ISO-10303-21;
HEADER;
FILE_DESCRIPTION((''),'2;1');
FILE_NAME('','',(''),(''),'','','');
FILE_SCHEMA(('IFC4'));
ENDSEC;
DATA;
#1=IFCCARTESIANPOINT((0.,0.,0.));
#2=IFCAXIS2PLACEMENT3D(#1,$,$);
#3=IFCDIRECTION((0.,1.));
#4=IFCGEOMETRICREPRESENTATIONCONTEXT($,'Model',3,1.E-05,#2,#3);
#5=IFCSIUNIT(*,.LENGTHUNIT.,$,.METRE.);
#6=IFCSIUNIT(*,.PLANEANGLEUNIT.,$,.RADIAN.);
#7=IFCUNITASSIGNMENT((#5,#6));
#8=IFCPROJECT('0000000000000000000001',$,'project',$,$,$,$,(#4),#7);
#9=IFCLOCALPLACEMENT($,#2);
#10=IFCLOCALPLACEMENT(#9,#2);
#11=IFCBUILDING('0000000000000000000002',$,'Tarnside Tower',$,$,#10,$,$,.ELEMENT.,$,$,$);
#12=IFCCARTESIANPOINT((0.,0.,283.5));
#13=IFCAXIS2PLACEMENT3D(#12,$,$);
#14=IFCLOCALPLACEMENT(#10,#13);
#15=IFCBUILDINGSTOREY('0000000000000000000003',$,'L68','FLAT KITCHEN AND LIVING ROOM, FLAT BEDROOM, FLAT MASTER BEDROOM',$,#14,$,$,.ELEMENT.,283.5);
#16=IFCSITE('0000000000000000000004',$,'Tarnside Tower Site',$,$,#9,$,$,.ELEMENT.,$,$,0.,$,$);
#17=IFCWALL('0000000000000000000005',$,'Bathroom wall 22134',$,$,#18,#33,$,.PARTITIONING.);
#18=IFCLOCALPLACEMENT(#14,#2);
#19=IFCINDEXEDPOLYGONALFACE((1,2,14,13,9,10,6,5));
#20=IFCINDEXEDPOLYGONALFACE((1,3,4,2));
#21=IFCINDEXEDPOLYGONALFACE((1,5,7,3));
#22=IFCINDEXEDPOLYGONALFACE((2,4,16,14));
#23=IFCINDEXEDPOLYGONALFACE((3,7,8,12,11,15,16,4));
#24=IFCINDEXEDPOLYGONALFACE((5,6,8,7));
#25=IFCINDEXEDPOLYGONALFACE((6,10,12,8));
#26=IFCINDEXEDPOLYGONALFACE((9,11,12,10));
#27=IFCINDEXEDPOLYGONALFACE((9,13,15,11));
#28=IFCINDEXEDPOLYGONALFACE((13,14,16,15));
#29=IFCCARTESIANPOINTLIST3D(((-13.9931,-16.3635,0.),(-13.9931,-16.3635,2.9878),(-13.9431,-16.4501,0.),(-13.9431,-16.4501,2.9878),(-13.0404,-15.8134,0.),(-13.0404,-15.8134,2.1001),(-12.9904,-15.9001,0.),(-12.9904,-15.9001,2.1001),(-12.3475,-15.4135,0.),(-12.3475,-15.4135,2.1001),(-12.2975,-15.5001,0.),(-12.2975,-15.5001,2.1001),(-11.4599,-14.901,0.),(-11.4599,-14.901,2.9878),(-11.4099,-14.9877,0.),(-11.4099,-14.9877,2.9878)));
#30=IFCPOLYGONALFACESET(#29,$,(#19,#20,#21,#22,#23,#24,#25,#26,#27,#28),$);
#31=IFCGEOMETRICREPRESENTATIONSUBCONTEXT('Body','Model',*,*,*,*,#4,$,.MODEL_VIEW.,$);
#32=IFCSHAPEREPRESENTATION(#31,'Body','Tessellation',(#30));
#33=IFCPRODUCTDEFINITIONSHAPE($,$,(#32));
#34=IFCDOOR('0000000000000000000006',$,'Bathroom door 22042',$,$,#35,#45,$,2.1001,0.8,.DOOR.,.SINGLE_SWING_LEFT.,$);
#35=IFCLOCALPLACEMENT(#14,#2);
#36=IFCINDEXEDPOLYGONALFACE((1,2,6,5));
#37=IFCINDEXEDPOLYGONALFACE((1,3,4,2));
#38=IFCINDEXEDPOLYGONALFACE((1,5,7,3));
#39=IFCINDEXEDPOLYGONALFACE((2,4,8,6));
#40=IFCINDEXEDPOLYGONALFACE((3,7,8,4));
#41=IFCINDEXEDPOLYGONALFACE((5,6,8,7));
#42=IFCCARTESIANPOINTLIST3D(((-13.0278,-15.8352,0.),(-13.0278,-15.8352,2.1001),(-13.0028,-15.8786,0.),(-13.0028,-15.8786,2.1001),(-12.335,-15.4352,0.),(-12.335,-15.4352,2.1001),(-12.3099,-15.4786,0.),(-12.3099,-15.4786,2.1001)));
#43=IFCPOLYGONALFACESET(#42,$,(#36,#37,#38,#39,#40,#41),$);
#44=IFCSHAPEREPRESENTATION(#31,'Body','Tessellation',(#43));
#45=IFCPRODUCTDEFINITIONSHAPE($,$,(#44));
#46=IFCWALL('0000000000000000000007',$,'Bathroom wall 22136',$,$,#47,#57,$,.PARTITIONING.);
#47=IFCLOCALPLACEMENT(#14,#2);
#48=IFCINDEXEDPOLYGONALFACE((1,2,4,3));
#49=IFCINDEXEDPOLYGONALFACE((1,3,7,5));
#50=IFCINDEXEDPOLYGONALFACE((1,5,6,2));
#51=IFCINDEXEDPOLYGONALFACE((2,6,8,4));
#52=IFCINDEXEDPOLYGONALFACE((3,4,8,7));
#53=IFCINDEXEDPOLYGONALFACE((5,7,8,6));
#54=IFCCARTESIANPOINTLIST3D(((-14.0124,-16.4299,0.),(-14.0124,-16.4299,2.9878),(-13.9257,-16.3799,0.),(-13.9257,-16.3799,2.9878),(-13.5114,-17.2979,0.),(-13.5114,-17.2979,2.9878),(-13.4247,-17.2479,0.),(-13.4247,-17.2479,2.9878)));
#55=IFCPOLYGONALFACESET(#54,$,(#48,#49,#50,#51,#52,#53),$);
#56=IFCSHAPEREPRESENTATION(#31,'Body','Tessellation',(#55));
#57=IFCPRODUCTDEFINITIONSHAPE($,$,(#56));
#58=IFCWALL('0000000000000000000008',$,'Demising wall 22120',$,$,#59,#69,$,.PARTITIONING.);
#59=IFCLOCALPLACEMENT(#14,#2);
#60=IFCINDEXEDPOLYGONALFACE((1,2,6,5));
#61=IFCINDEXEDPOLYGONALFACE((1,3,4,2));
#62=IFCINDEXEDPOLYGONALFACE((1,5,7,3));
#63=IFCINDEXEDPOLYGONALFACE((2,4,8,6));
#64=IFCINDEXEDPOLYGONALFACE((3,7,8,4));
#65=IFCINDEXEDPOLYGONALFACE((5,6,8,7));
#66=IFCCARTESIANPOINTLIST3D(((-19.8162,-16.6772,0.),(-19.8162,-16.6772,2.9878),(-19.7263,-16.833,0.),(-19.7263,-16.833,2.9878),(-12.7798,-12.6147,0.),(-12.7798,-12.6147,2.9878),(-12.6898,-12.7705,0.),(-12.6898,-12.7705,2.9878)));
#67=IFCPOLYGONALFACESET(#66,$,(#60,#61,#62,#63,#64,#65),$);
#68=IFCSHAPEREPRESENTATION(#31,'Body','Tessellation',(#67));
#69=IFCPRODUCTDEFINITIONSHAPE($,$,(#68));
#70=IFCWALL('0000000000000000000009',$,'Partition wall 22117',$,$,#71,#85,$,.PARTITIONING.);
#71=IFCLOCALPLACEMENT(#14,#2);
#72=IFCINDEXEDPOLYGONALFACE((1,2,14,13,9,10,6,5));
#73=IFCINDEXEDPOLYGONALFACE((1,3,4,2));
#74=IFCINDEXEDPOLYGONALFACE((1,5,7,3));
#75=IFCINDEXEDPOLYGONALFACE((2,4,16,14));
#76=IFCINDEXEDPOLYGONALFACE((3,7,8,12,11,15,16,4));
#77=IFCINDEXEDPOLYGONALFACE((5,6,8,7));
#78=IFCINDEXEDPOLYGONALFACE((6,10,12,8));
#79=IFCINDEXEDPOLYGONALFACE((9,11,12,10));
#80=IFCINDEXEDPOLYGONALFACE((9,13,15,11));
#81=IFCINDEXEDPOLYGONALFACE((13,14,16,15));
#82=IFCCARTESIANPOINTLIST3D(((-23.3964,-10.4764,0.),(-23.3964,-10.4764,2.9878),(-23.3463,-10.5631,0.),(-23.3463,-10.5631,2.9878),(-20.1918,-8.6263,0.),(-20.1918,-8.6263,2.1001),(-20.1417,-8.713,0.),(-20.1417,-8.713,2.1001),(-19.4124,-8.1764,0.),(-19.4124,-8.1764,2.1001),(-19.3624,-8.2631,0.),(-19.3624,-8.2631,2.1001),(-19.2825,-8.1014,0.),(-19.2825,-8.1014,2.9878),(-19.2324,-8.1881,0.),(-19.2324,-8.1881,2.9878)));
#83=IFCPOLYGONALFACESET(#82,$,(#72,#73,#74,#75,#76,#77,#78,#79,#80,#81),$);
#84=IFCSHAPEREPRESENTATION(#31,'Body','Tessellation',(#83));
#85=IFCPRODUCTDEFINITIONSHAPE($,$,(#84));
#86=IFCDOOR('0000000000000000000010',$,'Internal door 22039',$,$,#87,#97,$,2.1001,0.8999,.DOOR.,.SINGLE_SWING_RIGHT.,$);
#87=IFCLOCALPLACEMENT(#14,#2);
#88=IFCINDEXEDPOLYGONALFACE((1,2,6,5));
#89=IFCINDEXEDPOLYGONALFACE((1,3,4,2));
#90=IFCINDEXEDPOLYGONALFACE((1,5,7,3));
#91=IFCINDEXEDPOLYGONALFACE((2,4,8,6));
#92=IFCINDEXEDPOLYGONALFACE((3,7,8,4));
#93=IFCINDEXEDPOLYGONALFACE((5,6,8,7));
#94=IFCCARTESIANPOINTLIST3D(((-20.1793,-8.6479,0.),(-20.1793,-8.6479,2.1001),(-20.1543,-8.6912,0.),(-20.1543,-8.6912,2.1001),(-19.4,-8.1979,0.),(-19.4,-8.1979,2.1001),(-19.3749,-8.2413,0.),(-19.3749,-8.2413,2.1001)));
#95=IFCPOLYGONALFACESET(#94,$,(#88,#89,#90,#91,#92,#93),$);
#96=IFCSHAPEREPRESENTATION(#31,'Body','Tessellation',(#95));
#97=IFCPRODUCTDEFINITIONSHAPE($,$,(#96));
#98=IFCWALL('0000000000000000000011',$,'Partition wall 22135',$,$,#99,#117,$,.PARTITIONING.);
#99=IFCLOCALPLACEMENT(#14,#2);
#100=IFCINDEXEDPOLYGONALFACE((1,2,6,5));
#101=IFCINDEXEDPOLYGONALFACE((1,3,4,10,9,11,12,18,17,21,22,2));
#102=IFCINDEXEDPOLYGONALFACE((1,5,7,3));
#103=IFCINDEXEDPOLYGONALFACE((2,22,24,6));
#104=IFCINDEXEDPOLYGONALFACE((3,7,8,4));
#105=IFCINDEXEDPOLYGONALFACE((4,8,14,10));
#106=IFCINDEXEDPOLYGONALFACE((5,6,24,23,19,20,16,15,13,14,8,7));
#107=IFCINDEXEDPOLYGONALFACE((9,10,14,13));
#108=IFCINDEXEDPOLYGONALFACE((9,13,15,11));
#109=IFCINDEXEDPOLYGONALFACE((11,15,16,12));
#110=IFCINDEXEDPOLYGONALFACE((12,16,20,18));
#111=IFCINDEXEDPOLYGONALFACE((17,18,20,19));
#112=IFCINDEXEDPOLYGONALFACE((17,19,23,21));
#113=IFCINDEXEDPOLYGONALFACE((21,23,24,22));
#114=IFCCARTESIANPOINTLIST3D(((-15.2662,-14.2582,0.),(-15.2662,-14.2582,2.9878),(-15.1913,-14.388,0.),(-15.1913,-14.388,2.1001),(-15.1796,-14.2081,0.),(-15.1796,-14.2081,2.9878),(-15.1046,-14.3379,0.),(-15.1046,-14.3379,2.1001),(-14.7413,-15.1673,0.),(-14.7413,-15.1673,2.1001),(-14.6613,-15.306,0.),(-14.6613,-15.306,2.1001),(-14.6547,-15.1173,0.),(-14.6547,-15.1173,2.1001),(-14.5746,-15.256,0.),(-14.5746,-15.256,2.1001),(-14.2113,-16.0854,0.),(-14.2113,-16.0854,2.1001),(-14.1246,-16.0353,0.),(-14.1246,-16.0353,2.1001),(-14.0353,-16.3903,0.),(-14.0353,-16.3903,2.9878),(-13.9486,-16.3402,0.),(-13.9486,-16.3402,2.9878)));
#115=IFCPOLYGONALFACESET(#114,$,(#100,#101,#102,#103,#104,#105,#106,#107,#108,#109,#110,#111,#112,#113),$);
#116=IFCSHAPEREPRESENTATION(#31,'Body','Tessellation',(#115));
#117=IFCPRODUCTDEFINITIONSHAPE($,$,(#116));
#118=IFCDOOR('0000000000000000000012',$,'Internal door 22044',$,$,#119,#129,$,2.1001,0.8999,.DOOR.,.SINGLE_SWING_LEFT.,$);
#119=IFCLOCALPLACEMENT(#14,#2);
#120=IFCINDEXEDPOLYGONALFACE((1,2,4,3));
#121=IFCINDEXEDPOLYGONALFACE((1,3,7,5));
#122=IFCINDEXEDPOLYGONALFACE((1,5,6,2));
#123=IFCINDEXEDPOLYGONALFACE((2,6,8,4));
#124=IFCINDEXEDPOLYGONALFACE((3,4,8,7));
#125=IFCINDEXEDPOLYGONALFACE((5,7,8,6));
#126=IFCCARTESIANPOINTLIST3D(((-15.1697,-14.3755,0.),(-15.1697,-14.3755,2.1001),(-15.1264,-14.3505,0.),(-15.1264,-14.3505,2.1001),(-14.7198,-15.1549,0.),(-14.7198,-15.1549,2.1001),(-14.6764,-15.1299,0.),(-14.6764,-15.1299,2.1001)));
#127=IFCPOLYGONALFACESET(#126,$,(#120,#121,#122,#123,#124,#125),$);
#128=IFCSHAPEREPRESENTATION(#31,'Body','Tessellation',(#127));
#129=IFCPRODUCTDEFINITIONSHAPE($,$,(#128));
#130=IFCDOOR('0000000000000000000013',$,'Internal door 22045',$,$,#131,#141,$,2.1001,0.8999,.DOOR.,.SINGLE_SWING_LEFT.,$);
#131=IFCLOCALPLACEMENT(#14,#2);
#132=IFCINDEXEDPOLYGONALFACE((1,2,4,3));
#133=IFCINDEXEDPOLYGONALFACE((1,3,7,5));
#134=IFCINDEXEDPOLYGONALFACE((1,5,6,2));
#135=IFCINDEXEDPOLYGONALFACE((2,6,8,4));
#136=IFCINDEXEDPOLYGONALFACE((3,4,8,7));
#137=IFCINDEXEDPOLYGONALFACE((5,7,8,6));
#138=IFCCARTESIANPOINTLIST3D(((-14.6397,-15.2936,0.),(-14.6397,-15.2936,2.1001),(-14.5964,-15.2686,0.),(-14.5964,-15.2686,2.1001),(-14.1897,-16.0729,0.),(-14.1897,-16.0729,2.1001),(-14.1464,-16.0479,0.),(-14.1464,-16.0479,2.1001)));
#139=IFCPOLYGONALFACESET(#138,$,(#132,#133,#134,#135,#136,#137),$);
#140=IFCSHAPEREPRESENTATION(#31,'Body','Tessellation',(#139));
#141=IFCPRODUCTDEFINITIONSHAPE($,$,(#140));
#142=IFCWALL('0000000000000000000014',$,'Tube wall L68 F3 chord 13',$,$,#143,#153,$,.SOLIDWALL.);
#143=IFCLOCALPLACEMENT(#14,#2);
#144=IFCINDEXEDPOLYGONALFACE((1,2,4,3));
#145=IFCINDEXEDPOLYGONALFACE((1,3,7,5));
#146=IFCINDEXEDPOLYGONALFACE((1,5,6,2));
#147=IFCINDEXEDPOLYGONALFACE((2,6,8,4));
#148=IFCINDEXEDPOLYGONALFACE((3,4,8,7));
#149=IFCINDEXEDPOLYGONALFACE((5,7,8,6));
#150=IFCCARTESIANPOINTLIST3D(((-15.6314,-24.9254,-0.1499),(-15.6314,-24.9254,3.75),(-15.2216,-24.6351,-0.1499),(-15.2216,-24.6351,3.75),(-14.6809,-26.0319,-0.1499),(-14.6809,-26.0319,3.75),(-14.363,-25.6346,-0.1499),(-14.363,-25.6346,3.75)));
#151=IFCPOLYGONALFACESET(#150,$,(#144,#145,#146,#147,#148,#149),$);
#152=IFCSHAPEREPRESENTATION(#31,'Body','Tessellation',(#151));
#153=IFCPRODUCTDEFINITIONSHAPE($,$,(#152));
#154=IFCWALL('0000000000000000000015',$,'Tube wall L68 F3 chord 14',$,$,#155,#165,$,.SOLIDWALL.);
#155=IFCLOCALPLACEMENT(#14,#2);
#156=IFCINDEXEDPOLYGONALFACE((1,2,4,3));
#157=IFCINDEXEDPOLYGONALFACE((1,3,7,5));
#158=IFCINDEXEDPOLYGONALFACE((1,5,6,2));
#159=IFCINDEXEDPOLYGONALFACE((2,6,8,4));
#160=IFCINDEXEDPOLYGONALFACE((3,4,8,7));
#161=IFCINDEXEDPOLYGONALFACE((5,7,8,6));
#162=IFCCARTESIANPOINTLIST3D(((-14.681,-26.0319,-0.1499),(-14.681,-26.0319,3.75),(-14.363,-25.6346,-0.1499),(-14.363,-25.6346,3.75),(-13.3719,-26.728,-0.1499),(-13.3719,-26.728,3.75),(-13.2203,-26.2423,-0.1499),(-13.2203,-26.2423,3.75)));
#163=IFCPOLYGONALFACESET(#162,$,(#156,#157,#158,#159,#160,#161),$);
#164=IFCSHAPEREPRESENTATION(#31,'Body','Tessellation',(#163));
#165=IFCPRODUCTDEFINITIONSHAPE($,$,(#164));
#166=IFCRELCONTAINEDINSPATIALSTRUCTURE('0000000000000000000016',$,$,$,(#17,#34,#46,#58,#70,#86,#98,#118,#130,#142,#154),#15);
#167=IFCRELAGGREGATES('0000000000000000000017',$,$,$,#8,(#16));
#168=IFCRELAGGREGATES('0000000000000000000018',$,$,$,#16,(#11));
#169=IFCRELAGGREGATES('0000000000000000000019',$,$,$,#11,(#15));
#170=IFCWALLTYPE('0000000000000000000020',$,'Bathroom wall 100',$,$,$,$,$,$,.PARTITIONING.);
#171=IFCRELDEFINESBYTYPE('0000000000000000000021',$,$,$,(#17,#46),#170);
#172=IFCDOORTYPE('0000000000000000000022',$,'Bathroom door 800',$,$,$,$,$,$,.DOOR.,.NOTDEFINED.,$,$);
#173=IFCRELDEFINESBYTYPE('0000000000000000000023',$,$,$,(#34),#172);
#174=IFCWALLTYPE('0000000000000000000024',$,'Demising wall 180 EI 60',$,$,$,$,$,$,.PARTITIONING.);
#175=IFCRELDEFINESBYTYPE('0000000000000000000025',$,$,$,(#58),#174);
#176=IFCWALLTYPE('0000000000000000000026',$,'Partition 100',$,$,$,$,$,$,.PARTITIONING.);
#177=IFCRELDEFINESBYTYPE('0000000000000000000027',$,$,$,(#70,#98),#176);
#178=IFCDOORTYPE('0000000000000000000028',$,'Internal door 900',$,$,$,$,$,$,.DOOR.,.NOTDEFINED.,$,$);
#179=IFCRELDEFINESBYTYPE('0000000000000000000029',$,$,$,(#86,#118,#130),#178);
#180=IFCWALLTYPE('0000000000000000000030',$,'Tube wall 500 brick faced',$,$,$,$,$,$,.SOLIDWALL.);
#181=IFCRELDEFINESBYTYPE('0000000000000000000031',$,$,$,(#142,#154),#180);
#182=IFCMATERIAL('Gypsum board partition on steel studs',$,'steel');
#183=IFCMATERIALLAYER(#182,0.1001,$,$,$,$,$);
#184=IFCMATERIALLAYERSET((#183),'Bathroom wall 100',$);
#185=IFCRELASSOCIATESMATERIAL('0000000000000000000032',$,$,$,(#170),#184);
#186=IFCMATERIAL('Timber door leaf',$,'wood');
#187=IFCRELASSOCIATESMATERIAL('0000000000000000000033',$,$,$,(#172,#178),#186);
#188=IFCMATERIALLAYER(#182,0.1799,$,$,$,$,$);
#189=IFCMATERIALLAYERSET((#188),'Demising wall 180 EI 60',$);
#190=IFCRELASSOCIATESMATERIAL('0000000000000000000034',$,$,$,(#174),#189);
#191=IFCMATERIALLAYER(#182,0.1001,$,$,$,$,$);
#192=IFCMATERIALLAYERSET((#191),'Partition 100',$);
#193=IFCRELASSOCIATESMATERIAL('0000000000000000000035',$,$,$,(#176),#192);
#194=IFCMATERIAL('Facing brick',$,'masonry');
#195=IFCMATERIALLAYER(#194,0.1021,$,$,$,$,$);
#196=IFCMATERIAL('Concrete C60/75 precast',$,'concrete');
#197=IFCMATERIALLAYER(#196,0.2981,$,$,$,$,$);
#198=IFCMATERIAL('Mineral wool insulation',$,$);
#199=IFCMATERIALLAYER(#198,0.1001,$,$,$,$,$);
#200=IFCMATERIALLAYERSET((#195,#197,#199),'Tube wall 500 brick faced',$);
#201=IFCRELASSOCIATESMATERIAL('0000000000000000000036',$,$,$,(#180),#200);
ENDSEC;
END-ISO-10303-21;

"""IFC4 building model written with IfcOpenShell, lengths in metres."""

from ifc_helpers import new_model, si_unit, direction, frame, frame_2d, origin, place, context, subcontext, project, spatial, polyline, rectangle, outline, extrude, material, layer, layer_set, type_object, element, fill, save


model = new_model("IFC4")

# Units and contexts
model_context = context("Model", 3, precision=1e-05, world=origin(), true_north=direction((0.0, 1.0)))
body_context = subcontext(model_context, "Body", "Model", "MODEL_VIEW")
ifc_project = project(units=[si_unit("LENGTHUNIT", "METRE"), si_unit("PLANEANGLEUNIT", "RADIAN")], contexts=[model_context])

# Site, building, storey
site_placement = place(None, origin())
site = spatial("IfcSite", under=ifc_project, at=site_placement, Name="Tarnside Tower Site", CompositionType="ELEMENT", RefElevation=0.0)
building_placement = place(site_placement, origin())
building = spatial("IfcBuilding", under=site, at=building_placement, Name="Tarnside Tower", CompositionType="ELEMENT")
storey_placement = place(building_placement, frame((0.0, 0.0, 283.5)))
storey = spatial("IfcBuildingStorey", under=building, at=storey_placement, Name="L68", Description="FLAT KITCHEN AND LIVING ROOM, FLAT BEDROOM, FLAT MASTER BEDROOM", CompositionType="ELEMENT", Elevation=283.5)

# Shared definitions
ifc_material_1 = material(Name="Gypsum board partition on steel studs", Category="steel")
ifc_layer_1 = layer(ifc_material_1, 0.1001)
ifc_layer_set_1 = layer_set([ifc_layer_1], Name="Bathroom wall 100")
wall_type_1 = type_object("IfcWallType", Name="Bathroom wall 100", PredefinedType="PARTITIONING", material=ifc_layer_set_1)

# Shared definitions
ifc_material_2 = material(Name="Timber door leaf", Category="wood")
door_type_1 = type_object("IfcDoorType", Name="Bathroom door 800", OperationType="NOTDEFINED", PredefinedType="DOOR", material=ifc_material_2)

# Wall, opening, door
wall_1_placement = place(storey_placement, frame((-13.968, -16.4067, 0.0), z_axis=(0.0, 0.0, 1.0), x_axis=(0.866047, 0.499963, 0.0)))
wall_1 = element("IfcWall", 1, at=wall_1_placement, inside=storey, type_object=wall_type_1, Name="Bathroom wall 22134", PredefinedType="PARTITIONING", context=body_context, shape_type="SweptSolid", body=[
    extrude(rectangle(XDim=2.925, YDim=0.1001, at=frame_2d((1.4624, 0.0))), origin(), (0.0, 0.0, 1.0), 2.9878),
])
opening_1_placement = place(wall_1_placement, frame((1.1001, 0.0, 0.0)))
opening_1 = element("IfcOpeningElement", 2, at=opening_1_placement, cuts=wall_1, PredefinedType="OPENING", context=body_context, shape_type="SweptSolid", body=[
    extrude(rectangle(XDim=0.8, YDim=2.1001, at=frame_2d((0.3999, 1.05))), frame((0.0, 0.0601, 0.0), z_axis=(0.0, -1.0, 0.0), x_axis=(1.0, 0.0, 0.0)), (0.0, 0.0, 1.0), 0.1201),
])
door_1_placement = place(opening_1_placement, origin())
door_1 = element("IfcDoor", 3, at=door_1_placement, inside=storey, type_object=door_type_1, Name="Bathroom door 22042", OperationType="SINGLE_SWING_LEFT", OverallHeight=2.1001, OverallWidth=0.8, PredefinedType="DOOR", context=body_context, shape_type="SweptSolid", body=[
    extrude(rectangle(XDim=0.8, YDim=2.1001, at=frame_2d((0.3999, 1.05))), frame((0.0, 0.0249, 0.0), z_axis=(0.0, -1.0, 0.0), x_axis=(1.0, 0.0, 0.0)), (0.0, 0.0, 1.0), 0.05),
])
fill(opening_1, door_1)

# Walls
wall_2_placement = place(storey_placement, frame((-13.969, -16.405, 0.0), z_axis=(0.0, 0.0, 1.0), x_axis=(0.499912, -0.866076, 0.0)))
element("IfcWall", 4, at=wall_2_placement, inside=storey, type_object=wall_type_1, Name="Bathroom wall 22136", PredefinedType="PARTITIONING", context=body_context, shape_type="SweptSolid", body=[
    extrude(rectangle(XDim=1.0022, YDim=0.1001, at=frame_2d((0.501, 0.0))), origin(), (0.0, 0.0, 1.0), 2.9878),
])
ifc_layer_2 = layer(ifc_material_1, 0.1799)
ifc_layer_set_2 = layer_set([ifc_layer_2], Name="Demising wall 180 EI 60")
wall_type_2 = type_object("IfcWallType", Name="Demising wall 180 EI 60", PredefinedType="PARTITIONING", material=ifc_layer_set_2)
wall_3_placement = place(storey_placement, frame((-19.7712, -16.7551, 0.0), z_axis=(0.0, 0.0, 1.0), x_axis=(0.866023, 0.500004, 0.0)))
element("IfcWall", 5, at=wall_3_placement, inside=storey, type_object=wall_type_2, Name="Demising wall 22120", PredefinedType="PARTITIONING", context=body_context, shape_type="SweptSolid", body=[
    extrude(rectangle(XDim=8.125, YDim=0.1799, at=frame_2d((4.0625, 0.0))), origin(), (0.0, 0.0, 1.0), 2.9878),
])

# Wall, opening, door
ifc_layer_3 = layer(ifc_material_1, 0.1001)
ifc_layer_set_3 = layer_set([ifc_layer_3], Name="Partition 100")
wall_type_3 = type_object("IfcWallType", Name="Partition 100", PredefinedType="PARTITIONING", material=ifc_layer_set_3)
wall_4_placement = place(storey_placement, frame((-19.2576, -8.1448, 0.0), z_axis=(0.0, 0.0, 1.0), x_axis=(-0.866033, -0.499986, 0.0)))
wall_4 = element("IfcWall", 6, at=wall_4_placement, inside=storey, type_object=wall_type_3, Name="Partition wall 22117", PredefinedType="PARTITIONING", context=body_context, shape_type="SweptSolid", body=[
    extrude(rectangle(XDim=4.7502, YDim=0.1001, at=frame_2d((2.375, 0.0))), origin(), (0.0, 0.0, 1.0), 2.9878),
])
opening_2_placement = place(wall_4_placement, frame((0.1499, 0.0, 0.0)))
opening_2 = element("IfcOpeningElement", 7, at=opening_2_placement, cuts=wall_4, PredefinedType="OPENING", context=body_context, shape_type="SweptSolid", body=[
    extrude(rectangle(XDim=0.8999, YDim=2.1001, at=frame_2d((0.45, 1.05))), frame((0.0, 0.0601, 0.0), z_axis=(0.0, -1.0, 0.0), x_axis=(1.0, 0.0, 0.0)), (0.0, 0.0, 1.0), 0.1201),
])
door_type_2 = type_object("IfcDoorType", Name="Internal door 900", OperationType="NOTDEFINED", PredefinedType="DOOR", material=ifc_material_2)
door_2_placement = place(opening_2_placement, origin())
door_2 = element("IfcDoor", 8, at=door_2_placement, inside=storey, type_object=door_type_2, Name="Internal door 22039", OperationType="SINGLE_SWING_RIGHT", OverallHeight=2.1001, OverallWidth=0.8999, PredefinedType="DOOR", context=body_context, shape_type="SweptSolid", body=[
    extrude(rectangle(XDim=0.8999, YDim=2.1001, at=frame_2d((0.45, 1.05))), frame((0.0, 0.0249, 0.0), z_axis=(0.0, -1.0, 0.0), x_axis=(1.0, 0.0, 0.0)), (0.0, 0.0, 1.0), 0.05),
])
fill(opening_2, door_2)

# Wall, openings, doors
wall_5_placement = place(storey_placement, frame((-15.2229, -14.2332, 0.0), z_axis=(0.0, 0.0, 1.0), x_axis=(0.5, -0.866025, 0.0)))
wall_5 = element("IfcWall", 9, at=wall_5_placement, inside=storey, type_object=wall_type_3, Name="Partition wall 22135", PredefinedType="PARTITIONING", context=body_context, shape_type="SweptSolid", body=[
    extrude(rectangle(XDim=2.4619, YDim=0.1001, at=frame_2d((1.231, 0.0))), origin(), (0.0, 0.0, 1.0), 2.9878),
])
opening_3_placement = place(wall_5_placement, frame((0.1499, 0.0, 0.0)))
opening_3 = element("IfcOpeningElement", 10, at=opening_3_placement, cuts=wall_5, PredefinedType="OPENING", context=body_context, shape_type="SweptSolid", body=[
    extrude(rectangle(XDim=0.8999, YDim=2.1001, at=frame_2d((0.45, 1.05))), frame((0.0, 0.0601, 0.0), z_axis=(0.0, -1.0, 0.0), x_axis=(1.0, 0.0, 0.0)), (0.0, 0.0, 1.0), 0.1201),
])
opening_4_placement = place(wall_5_placement, frame((1.21, 0.0, 0.0)))
opening_4 = element("IfcOpeningElement", 11, at=opening_4_placement, cuts=wall_5, PredefinedType="OPENING", context=body_context, shape_type="SweptSolid", body=[
    extrude(rectangle(XDim=0.8999, YDim=2.1001, at=frame_2d((0.45, 1.05))), frame((0.0, 0.0601, 0.0), z_axis=(0.0, -1.0, 0.0), x_axis=(1.0, 0.0, 0.0)), (0.0, 0.0, 1.0), 0.1201),
])
door_3_placement = place(opening_3_placement, origin())
door_3 = element("IfcDoor", 12, at=door_3_placement, inside=storey, type_object=door_type_2, Name="Internal door 22044", OperationType="SINGLE_SWING_LEFT", OverallHeight=2.1001, OverallWidth=0.8999, PredefinedType="DOOR", context=body_context, shape_type="SweptSolid", body=[
    extrude(rectangle(XDim=0.8999, YDim=2.1001, at=frame_2d((0.45, 1.05))), frame((0.0, 0.0249, 0.0), z_axis=(0.0, -1.0, 0.0), x_axis=(1.0, 0.0, 0.0)), (0.0, 0.0, 1.0), 0.05),
])
fill(opening_3, door_3)
door_4_placement = place(opening_4_placement, origin())
door_4 = element("IfcDoor", 13, at=door_4_placement, inside=storey, type_object=door_type_2, Name="Internal door 22045", OperationType="SINGLE_SWING_LEFT", OverallHeight=2.1001, OverallWidth=0.8999, PredefinedType="DOOR", context=body_context, shape_type="SweptSolid", body=[
    extrude(rectangle(XDim=0.8999, YDim=2.1001, at=frame_2d((0.45, 1.05))), frame((0.0, 0.0249, 0.0), z_axis=(0.0, -1.0, 0.0), x_axis=(1.0, 0.0, 0.0)), (0.0, 0.0, 1.0), 0.05),
])
fill(opening_4, door_4)

# Walls
ifc_material_3 = material(Name="Facing brick", Category="masonry")
ifc_layer_4 = layer(ifc_material_3, 0.1021)
ifc_material_4 = material(Name="Concrete C60/75 precast", Category="concrete")
ifc_layer_5 = layer(ifc_material_4, 0.2981)
ifc_material_5 = material(Name="Mineral wool insulation")
ifc_layer_6 = layer(ifc_material_5, 0.1001)
ifc_layer_set_4 = layer_set([ifc_layer_4, ifc_layer_5, ifc_layer_6], Name="Tube wall 500 brick faced")
wall_type_4 = type_object("IfcWallType", Name="Tube wall 500 brick faced", PredefinedType="SOLIDWALL", material=ifc_layer_set_4)
wall_6_placement = place(storey_placement, frame((-15.4265, -24.7803, -0.1499), z_axis=(0.0, 0.0, 1.0), x_axis=(0.651617, -0.758549, 0.0)))
element("IfcWall", 14, at=wall_6_placement, inside=storey, type_object=wall_type_4, Name="Tube wall L68 F3 chord 13", PredefinedType="SOLIDWALL", context=body_context, shape_type="SweptSolid", body=[
    extrude(outline(polyline([(-0.0234, -0.25), (1.4353, -0.25), (1.3411, 0.25), (0.0234, 0.25), (-0.0234, -0.25)])), origin(), (0.0, 0.0, 1.0), 3.8999),
])
wall_7_placement = place(storey_placement, frame((-14.522, -25.8333, -0.1499), z_axis=(0.0, 0.0, 1.0), x_axis=(0.882927, -0.469511, 0.0)))
element("IfcWall", 15, at=wall_7_placement, inside=storey, type_object=wall_type_4, Name="Tube wall L68 F3 chord 14", PredefinedType="SOLIDWALL", context=body_context, shape_type="SweptSolid", body=[
    extrude(outline(polyline([(-0.0471, -0.25), (1.4355, -0.25), (1.3413, 0.25), (0.0471, 0.25), (-0.0471, -0.25)])), origin(), (0.0, 0.0, 1.0), 3.8999),
])

save(model, "model.ifc")
